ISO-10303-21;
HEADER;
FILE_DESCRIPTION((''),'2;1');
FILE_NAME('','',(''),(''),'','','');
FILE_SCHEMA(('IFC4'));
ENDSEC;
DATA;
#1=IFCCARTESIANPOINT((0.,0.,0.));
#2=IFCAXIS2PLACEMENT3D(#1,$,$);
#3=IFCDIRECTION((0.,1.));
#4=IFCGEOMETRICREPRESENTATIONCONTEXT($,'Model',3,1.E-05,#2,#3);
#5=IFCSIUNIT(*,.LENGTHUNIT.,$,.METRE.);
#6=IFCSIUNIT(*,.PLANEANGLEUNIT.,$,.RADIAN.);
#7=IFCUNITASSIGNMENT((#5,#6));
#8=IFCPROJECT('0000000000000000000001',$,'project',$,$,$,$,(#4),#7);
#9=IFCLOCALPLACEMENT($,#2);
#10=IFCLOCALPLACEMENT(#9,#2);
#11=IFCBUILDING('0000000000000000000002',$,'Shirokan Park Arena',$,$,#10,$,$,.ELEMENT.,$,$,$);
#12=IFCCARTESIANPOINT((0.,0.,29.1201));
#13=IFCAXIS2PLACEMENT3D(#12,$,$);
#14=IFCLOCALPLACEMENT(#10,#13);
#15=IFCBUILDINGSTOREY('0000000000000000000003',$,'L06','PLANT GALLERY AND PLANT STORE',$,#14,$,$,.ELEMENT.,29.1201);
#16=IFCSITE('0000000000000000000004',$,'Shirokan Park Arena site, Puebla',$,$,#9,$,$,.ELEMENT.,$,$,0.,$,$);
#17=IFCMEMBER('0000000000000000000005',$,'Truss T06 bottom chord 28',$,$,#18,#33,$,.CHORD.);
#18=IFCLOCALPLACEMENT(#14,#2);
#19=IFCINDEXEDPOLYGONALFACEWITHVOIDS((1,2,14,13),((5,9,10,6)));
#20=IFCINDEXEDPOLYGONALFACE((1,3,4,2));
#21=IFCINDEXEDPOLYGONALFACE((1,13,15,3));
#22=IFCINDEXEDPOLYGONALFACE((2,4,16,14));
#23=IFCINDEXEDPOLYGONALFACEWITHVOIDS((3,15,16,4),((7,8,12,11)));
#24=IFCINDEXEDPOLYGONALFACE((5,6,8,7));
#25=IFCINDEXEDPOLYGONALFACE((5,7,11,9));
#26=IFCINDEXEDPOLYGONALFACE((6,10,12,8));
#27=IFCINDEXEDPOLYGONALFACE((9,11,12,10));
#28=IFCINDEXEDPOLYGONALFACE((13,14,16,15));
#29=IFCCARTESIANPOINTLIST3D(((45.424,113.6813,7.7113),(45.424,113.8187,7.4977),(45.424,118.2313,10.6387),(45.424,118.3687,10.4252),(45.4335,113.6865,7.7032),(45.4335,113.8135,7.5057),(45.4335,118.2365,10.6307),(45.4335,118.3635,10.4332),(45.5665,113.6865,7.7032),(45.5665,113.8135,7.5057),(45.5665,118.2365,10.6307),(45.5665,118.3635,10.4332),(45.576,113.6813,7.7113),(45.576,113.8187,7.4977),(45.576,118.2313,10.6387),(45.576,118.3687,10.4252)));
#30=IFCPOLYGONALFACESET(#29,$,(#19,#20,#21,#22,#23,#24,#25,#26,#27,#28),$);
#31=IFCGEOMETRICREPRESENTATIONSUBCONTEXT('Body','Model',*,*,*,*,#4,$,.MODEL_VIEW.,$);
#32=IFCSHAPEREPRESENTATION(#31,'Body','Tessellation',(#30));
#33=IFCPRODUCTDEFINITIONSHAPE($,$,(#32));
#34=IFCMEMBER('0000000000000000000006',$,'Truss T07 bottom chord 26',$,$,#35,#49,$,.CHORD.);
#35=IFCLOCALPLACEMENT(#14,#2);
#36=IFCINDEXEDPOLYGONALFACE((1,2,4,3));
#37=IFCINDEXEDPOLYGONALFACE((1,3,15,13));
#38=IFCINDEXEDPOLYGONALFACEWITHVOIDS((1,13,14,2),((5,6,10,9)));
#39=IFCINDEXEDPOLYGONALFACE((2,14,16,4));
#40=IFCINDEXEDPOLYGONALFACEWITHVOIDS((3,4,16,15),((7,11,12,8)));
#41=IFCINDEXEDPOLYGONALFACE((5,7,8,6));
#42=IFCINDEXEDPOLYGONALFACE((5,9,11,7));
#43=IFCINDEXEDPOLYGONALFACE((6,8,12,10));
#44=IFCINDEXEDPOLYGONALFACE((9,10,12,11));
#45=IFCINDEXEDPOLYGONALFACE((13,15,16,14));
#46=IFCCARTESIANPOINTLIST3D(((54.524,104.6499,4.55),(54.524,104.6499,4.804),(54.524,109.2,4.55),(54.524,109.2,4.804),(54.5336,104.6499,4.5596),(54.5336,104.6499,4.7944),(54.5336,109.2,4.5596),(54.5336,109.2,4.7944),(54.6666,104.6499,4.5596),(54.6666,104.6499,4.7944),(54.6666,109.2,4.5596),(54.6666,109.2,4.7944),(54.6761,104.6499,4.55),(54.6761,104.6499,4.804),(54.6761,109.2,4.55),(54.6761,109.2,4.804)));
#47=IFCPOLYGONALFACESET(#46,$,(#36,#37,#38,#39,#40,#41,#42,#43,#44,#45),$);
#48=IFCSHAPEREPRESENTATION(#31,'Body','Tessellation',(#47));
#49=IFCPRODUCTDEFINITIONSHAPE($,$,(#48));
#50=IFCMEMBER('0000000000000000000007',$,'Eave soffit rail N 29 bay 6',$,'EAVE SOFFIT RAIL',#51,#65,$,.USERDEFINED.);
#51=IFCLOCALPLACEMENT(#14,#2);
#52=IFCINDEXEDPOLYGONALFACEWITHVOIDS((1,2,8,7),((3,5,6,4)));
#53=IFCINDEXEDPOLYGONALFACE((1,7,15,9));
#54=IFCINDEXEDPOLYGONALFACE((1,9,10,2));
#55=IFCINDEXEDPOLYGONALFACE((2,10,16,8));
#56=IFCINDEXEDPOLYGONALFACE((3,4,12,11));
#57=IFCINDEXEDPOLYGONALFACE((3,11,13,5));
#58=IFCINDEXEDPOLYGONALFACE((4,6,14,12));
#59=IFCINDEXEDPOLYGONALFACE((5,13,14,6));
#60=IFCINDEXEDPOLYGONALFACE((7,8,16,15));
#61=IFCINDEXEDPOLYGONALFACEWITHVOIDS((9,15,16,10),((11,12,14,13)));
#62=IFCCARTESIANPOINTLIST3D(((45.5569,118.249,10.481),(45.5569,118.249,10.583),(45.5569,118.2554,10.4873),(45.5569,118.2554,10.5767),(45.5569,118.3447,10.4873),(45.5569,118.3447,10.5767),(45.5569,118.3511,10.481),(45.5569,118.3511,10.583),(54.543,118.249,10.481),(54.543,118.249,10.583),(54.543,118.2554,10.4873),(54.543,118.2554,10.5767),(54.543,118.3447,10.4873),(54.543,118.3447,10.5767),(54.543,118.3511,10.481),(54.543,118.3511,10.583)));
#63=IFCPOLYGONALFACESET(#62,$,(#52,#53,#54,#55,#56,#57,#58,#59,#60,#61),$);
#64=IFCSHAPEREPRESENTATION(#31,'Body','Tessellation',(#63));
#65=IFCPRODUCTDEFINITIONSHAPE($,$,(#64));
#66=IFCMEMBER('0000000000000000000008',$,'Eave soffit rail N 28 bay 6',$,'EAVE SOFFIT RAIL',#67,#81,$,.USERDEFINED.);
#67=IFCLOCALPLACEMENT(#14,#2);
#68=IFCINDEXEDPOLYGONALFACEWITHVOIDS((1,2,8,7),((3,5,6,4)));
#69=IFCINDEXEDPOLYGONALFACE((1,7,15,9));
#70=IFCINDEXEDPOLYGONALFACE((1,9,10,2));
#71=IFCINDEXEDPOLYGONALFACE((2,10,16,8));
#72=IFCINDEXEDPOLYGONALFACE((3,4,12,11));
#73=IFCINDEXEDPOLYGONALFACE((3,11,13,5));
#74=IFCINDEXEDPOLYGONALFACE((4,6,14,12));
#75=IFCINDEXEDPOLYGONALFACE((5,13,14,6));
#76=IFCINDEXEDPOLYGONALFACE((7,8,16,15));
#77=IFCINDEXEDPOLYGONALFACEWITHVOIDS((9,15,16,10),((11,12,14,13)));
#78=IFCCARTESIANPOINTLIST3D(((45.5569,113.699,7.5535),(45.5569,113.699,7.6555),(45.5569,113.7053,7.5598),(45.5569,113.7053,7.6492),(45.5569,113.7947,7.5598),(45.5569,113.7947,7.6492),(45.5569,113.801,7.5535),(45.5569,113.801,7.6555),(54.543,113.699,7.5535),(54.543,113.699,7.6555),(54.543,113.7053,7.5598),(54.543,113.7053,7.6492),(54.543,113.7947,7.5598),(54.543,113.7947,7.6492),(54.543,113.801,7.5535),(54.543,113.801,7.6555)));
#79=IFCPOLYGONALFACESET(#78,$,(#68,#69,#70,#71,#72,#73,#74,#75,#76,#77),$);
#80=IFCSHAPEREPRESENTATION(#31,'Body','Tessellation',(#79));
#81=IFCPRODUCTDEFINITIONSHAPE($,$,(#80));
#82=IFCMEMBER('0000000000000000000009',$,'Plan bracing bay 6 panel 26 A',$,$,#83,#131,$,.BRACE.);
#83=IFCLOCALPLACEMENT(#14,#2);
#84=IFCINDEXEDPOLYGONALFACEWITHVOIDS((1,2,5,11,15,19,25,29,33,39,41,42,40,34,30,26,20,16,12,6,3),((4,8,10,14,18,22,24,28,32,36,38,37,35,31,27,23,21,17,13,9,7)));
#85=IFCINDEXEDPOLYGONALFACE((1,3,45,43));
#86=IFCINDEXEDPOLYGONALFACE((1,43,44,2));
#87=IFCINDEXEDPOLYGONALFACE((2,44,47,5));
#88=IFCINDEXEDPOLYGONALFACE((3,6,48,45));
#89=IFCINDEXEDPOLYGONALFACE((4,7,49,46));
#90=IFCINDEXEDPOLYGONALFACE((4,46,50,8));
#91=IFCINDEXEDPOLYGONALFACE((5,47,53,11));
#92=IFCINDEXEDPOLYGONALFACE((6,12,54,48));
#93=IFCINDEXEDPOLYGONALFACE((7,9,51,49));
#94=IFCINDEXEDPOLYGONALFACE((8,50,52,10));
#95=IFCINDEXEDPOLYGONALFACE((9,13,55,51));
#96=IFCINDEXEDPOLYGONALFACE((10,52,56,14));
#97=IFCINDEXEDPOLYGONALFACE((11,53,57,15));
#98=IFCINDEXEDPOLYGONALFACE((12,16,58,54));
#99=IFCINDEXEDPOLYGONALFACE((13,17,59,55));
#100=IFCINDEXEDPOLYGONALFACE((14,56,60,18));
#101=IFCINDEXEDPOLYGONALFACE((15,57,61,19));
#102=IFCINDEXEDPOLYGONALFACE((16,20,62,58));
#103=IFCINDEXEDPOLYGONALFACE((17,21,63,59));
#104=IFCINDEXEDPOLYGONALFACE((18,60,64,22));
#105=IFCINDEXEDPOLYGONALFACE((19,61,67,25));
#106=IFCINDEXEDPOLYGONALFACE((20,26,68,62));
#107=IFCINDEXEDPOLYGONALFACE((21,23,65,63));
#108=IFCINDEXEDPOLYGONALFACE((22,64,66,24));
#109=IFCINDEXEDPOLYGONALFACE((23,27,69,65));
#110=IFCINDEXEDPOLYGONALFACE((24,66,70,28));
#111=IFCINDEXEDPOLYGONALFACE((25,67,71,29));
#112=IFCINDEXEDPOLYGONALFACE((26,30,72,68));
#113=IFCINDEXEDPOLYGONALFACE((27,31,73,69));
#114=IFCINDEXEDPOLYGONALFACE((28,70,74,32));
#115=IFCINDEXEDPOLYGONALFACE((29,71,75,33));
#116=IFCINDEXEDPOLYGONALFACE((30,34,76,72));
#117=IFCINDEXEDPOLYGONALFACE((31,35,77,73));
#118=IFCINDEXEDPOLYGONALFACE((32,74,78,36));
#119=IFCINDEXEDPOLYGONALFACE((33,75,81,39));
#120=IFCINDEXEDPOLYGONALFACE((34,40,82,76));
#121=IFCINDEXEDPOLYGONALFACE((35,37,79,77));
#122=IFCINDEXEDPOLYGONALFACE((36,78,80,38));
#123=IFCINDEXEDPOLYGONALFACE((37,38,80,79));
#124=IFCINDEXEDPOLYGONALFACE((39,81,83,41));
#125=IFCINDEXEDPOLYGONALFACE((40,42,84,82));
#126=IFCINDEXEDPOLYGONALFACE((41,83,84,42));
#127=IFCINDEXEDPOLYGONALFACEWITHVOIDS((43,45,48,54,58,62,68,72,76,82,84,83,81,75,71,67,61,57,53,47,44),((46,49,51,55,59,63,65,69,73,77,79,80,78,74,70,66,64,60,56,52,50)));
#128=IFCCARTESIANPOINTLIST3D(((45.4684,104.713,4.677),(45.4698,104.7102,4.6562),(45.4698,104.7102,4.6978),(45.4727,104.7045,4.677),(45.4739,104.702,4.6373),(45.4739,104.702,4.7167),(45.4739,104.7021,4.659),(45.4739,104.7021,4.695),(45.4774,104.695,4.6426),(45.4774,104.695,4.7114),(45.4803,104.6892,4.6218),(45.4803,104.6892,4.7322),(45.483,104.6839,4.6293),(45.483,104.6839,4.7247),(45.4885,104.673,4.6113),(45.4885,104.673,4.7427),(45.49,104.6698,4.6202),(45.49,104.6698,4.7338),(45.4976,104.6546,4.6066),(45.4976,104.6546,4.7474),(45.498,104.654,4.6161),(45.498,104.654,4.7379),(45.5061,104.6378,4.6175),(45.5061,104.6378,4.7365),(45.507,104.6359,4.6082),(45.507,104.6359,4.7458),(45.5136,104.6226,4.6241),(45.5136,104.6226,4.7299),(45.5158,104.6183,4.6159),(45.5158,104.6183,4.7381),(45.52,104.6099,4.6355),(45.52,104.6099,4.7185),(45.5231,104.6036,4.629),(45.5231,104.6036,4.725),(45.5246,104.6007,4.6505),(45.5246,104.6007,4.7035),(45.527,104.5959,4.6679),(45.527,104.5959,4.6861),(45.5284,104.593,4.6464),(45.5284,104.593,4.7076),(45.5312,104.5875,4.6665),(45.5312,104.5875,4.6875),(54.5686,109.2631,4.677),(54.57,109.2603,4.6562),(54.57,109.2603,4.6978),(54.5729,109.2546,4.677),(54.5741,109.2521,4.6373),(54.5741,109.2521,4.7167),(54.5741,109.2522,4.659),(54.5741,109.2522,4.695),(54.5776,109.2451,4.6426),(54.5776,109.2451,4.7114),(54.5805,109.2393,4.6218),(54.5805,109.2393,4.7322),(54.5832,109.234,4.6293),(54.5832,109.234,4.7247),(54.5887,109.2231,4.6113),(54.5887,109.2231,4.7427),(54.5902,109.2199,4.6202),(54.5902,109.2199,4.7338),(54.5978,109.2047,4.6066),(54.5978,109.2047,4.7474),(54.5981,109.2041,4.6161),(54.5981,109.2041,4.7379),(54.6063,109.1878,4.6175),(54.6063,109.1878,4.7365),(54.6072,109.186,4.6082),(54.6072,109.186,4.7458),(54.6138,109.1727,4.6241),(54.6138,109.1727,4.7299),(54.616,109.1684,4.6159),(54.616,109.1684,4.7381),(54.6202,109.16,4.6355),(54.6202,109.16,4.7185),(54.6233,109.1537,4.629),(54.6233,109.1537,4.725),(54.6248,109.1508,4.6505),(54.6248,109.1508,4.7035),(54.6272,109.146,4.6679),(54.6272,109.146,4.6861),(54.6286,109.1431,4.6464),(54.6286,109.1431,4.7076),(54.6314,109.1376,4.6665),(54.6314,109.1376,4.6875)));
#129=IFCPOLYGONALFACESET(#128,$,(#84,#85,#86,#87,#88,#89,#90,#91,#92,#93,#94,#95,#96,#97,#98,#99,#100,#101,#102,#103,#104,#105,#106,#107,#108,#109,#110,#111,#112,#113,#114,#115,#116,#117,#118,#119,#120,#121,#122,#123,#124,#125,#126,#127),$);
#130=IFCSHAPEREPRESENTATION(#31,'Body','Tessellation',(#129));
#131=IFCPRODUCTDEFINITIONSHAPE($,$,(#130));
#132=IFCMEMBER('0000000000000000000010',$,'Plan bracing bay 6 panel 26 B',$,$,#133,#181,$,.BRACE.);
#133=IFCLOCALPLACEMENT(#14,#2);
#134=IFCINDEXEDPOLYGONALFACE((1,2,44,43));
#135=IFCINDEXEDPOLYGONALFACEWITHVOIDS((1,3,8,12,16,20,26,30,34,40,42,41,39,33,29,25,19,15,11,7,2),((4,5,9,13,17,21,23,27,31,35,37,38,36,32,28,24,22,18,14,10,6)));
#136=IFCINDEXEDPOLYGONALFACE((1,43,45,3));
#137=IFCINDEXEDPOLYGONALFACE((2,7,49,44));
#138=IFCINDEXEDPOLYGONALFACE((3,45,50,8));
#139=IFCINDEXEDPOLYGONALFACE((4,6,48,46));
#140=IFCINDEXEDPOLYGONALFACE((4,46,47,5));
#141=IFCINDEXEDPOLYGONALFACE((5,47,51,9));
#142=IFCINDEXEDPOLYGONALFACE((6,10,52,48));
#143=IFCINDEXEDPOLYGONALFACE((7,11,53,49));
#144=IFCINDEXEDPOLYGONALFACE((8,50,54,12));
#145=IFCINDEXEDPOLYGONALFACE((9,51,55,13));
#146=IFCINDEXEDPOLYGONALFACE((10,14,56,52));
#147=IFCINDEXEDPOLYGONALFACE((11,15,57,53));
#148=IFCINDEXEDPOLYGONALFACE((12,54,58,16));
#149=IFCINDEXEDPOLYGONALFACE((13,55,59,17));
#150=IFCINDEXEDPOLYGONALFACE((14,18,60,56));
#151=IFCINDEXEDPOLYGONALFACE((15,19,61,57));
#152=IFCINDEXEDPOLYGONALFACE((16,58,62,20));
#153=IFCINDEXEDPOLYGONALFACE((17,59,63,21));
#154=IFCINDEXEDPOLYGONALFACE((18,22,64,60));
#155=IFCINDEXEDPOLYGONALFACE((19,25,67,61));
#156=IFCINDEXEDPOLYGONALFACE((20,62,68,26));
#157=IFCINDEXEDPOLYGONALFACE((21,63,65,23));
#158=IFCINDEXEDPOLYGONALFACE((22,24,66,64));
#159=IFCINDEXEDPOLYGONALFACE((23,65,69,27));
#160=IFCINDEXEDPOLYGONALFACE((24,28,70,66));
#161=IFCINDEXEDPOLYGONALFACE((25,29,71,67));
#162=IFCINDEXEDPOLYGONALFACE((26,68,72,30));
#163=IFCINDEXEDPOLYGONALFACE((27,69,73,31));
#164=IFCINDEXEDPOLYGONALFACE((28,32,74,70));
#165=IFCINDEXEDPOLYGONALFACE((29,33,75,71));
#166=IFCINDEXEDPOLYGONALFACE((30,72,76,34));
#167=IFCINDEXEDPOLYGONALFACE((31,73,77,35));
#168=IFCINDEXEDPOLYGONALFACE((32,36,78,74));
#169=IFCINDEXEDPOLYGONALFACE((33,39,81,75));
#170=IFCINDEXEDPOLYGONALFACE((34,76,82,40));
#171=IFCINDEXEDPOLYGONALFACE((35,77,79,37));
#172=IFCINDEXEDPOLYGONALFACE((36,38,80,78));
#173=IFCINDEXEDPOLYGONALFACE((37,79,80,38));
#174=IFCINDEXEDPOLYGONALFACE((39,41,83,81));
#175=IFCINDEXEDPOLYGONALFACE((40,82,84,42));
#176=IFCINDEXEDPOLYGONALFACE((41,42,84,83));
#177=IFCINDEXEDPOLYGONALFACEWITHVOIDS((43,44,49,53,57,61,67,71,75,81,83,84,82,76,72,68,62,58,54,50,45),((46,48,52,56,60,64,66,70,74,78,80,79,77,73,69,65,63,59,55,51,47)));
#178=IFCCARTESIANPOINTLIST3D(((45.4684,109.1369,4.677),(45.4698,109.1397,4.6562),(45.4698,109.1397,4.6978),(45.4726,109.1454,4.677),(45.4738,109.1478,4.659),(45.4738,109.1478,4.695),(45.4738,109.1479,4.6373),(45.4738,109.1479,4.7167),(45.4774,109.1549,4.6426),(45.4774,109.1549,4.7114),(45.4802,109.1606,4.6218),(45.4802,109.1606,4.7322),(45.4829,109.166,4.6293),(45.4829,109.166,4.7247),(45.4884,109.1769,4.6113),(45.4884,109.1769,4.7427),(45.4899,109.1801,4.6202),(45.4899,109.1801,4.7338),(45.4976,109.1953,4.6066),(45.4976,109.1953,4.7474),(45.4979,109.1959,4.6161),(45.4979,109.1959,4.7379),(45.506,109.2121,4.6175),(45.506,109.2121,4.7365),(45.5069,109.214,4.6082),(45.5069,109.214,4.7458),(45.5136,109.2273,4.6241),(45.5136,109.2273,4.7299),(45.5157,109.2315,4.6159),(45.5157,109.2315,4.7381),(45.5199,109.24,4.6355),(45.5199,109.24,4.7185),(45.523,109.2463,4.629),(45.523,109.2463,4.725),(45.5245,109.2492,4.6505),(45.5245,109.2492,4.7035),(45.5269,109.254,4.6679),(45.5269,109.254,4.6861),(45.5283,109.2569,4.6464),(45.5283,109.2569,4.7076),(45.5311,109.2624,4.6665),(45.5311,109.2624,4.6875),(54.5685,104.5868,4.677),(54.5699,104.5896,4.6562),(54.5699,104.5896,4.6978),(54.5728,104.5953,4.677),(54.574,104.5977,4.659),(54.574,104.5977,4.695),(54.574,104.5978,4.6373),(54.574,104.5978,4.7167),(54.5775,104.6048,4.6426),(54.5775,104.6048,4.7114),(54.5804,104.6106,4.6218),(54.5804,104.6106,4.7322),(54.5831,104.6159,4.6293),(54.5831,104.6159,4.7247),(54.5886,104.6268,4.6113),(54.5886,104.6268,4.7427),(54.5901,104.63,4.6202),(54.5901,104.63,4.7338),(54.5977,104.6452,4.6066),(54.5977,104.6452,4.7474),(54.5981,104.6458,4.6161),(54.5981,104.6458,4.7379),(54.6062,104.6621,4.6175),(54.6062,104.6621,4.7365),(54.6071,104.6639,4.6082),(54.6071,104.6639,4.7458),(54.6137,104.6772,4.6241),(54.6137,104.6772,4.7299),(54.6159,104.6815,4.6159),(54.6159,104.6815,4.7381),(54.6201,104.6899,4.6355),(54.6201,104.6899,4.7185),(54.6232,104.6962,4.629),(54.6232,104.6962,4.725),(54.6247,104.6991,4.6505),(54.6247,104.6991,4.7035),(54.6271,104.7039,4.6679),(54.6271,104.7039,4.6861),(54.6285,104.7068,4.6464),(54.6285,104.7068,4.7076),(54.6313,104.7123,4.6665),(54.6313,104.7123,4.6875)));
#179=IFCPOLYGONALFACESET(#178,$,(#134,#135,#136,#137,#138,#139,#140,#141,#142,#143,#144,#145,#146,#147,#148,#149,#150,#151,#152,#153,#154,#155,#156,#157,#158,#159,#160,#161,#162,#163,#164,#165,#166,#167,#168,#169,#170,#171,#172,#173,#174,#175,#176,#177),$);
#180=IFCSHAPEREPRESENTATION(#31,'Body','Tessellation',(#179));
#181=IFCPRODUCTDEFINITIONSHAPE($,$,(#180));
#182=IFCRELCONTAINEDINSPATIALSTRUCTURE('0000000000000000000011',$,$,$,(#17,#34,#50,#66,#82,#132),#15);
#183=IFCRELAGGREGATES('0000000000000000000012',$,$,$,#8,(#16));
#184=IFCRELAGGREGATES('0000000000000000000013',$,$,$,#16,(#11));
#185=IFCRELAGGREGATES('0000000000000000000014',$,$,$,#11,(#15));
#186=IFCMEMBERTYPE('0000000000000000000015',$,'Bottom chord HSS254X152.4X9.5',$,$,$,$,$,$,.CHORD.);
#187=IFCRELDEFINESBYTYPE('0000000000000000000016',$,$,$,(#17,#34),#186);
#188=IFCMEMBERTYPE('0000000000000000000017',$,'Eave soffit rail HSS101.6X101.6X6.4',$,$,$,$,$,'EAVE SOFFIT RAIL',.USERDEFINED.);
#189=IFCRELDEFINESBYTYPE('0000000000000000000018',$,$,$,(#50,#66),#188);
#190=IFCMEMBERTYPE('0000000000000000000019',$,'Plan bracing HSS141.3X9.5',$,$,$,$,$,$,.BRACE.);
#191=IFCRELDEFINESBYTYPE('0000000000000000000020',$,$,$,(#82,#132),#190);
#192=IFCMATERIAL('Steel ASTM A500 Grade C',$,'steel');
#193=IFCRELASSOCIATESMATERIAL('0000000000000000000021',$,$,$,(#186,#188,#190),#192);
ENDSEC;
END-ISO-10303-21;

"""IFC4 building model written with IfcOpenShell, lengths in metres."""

from ifc_helpers import new_model, si_unit, direction, frame, origin, origin_2d, place, context, subcontext, project, spatial, hollow_rectangle, hollow_circle, extrude, material, material_profile, profile_set, type_object, element, save


model = new_model("IFC4")

# Units and contexts
model_context = context("Model", 3, precision=1e-05, world=origin(), true_north=direction((0.0, 1.0)))
body_context = subcontext(model_context, "Body", "Model", "MODEL_VIEW")
ifc_project = project(units=[si_unit("LENGTHUNIT", "METRE"), si_unit("PLANEANGLEUNIT", "RADIAN")], contexts=[model_context])

# Site, building, storey
site_placement = place(None, origin())
site = spatial("IfcSite", under=ifc_project, at=site_placement, Name="Shirokan Park Arena site, Puebla", CompositionType="ELEMENT", RefElevation=0.0)
building_placement = place(site_placement, origin())
building = spatial("IfcBuilding", under=site, at=building_placement, Name="Shirokan Park Arena", CompositionType="ELEMENT")
storey_placement = place(building_placement, frame((0.0, 0.0, 29.1201)))
storey = spatial("IfcBuildingStorey", under=building, at=storey_placement, Name="L06", Description="PLANT GALLERY AND PLANT STORE", CompositionType="ELEMENT", Elevation=29.1201)

# Members
ifc_material_1 = material(Name="Steel ASTM A500 Grade C", Category="steel")
ifc_material_profile_1 = material_profile(ifc_material_1, hollow_rectangle(XDim=0.1521, YDim=0.2539, WallThickness=0.0095, at=origin_2d()), Name="HSS254X152.4X9.5")
ifc_profile_set_1 = profile_set([ifc_material_profile_1], Name="Steel ASTM A500 Grade C")
member_type_1 = type_object("IfcMemberType", Name="Bottom chord HSS254X152.4X9.5", PredefinedType="CHORD", material=ifc_profile_set_1)
for number, where, z_axis, x_axis, name in (
    (1, (45.5, 113.75, 7.6045), (0.0, 0.840972, 0.541079), (-1.0, 0.0, 0.0), "Truss T06 bottom chord 28"),
):
    element("IfcMember", number, at=place(storey_placement, frame(where, z_axis=z_axis, x_axis=x_axis)), inside=storey, type_object=member_type_1, Name=name, PredefinedType="CHORD", context=body_context, shape_type="SweptSolid", body=[
        extrude(hollow_rectangle(XDim=0.1521, YDim=0.2539, WallThickness=0.0095, at=origin_2d()), origin(), (0.0, 0.0, 1.0), 5.4104),
    ])
member_1_placement = place(storey_placement, frame((54.6001, 104.6499, 4.677), z_axis=(0.0, 1.0, 0.0), x_axis=(-1.0, 0.0, 0.0)))
element("IfcMember", 2, at=member_1_placement, inside=storey, type_object=member_type_1, Name="Truss T07 bottom chord 26", PredefinedType="CHORD", context=body_context, shape_type="SweptSolid", body=[
    extrude(hollow_rectangle(XDim=0.1521, YDim=0.2539, WallThickness=0.0095, at=origin_2d()), origin(), (0.0, 0.0, 1.0), 4.55),
])
ifc_material_profile_2 = material_profile(ifc_material_1, hollow_rectangle(XDim=0.1021, YDim=0.1021, WallThickness=0.0063, at=origin_2d()), Name="HSS101.6X101.6X6.4")
ifc_profile_set_2 = profile_set([ifc_material_profile_2], Name="Steel ASTM A500 Grade C")
member_type_2 = type_object("IfcMemberType", Name="Eave soffit rail HSS101.6X101.6X6.4", ElementType="EAVE SOFFIT RAIL", PredefinedType="USERDEFINED", material=ifc_profile_set_2)
for number, where, z_axis, x_axis, name in (
    (3, (45.5569, 118.3, 10.532), (1.0, 0.0, 0.0), (0.0, 1.0, 0.0), "Eave soffit rail N 29 bay 6"),
    (4, (45.5569, 113.75, 7.6045), (1.0, 0.0, 0.0), (0.0, 1.0, 0.0), "Eave soffit rail N 28 bay 6"),
):
    element("IfcMember", number, at=place(storey_placement, frame(where, z_axis=z_axis, x_axis=x_axis)), inside=storey, type_object=member_type_2, Name=name, ObjectType="EAVE SOFFIT RAIL", PredefinedType="USERDEFINED", context=body_context, shape_type="SweptSolid", body=[
        extrude(hollow_rectangle(XDim=0.1021, YDim=0.1021, WallThickness=0.0063, at=origin_2d()), origin(), (0.0, 0.0, 1.0), 8.9861),
    ])
ifc_material_profile_3 = material_profile(ifc_material_1, hollow_circle(Radius=0.0706, WallThickness=0.0095, at=origin_2d()), Name="HSS141.3X9.5")
ifc_profile_set_3 = profile_set([ifc_material_profile_3], Name="Steel ASTM A500 Grade C")
member_type_3 = type_object("IfcMemberType", Name="Plan bracing HSS141.3X9.5", PredefinedType="BRACE", material=ifc_profile_set_3)
for number, where, z_axis, x_axis, name in (
    (5, (45.5, 104.6499, 4.677), (0.894427, 0.447214, 0.0), (-0.447214, 0.894427, 0.0), "Plan bracing bay 6 panel 26 A"),
    (6, (54.6001, 104.6499, 4.677), (-0.894427, 0.447214, 0.0), (-0.447214, -0.894427, 0.0), "Plan bracing bay 6 panel 26 B"),
):
    element("IfcMember", number, at=place(storey_placement, frame(where, z_axis=z_axis, x_axis=x_axis)), inside=storey, type_object=member_type_3, Name=name, PredefinedType="BRACE", context=body_context, shape_type="SweptSolid", body=[
        extrude(hollow_circle(Radius=0.0706, WallThickness=0.0095, at=origin_2d()), origin(), (0.0, 0.0, 1.0), 10.1743),
    ])

save(model, "model.ifc")
